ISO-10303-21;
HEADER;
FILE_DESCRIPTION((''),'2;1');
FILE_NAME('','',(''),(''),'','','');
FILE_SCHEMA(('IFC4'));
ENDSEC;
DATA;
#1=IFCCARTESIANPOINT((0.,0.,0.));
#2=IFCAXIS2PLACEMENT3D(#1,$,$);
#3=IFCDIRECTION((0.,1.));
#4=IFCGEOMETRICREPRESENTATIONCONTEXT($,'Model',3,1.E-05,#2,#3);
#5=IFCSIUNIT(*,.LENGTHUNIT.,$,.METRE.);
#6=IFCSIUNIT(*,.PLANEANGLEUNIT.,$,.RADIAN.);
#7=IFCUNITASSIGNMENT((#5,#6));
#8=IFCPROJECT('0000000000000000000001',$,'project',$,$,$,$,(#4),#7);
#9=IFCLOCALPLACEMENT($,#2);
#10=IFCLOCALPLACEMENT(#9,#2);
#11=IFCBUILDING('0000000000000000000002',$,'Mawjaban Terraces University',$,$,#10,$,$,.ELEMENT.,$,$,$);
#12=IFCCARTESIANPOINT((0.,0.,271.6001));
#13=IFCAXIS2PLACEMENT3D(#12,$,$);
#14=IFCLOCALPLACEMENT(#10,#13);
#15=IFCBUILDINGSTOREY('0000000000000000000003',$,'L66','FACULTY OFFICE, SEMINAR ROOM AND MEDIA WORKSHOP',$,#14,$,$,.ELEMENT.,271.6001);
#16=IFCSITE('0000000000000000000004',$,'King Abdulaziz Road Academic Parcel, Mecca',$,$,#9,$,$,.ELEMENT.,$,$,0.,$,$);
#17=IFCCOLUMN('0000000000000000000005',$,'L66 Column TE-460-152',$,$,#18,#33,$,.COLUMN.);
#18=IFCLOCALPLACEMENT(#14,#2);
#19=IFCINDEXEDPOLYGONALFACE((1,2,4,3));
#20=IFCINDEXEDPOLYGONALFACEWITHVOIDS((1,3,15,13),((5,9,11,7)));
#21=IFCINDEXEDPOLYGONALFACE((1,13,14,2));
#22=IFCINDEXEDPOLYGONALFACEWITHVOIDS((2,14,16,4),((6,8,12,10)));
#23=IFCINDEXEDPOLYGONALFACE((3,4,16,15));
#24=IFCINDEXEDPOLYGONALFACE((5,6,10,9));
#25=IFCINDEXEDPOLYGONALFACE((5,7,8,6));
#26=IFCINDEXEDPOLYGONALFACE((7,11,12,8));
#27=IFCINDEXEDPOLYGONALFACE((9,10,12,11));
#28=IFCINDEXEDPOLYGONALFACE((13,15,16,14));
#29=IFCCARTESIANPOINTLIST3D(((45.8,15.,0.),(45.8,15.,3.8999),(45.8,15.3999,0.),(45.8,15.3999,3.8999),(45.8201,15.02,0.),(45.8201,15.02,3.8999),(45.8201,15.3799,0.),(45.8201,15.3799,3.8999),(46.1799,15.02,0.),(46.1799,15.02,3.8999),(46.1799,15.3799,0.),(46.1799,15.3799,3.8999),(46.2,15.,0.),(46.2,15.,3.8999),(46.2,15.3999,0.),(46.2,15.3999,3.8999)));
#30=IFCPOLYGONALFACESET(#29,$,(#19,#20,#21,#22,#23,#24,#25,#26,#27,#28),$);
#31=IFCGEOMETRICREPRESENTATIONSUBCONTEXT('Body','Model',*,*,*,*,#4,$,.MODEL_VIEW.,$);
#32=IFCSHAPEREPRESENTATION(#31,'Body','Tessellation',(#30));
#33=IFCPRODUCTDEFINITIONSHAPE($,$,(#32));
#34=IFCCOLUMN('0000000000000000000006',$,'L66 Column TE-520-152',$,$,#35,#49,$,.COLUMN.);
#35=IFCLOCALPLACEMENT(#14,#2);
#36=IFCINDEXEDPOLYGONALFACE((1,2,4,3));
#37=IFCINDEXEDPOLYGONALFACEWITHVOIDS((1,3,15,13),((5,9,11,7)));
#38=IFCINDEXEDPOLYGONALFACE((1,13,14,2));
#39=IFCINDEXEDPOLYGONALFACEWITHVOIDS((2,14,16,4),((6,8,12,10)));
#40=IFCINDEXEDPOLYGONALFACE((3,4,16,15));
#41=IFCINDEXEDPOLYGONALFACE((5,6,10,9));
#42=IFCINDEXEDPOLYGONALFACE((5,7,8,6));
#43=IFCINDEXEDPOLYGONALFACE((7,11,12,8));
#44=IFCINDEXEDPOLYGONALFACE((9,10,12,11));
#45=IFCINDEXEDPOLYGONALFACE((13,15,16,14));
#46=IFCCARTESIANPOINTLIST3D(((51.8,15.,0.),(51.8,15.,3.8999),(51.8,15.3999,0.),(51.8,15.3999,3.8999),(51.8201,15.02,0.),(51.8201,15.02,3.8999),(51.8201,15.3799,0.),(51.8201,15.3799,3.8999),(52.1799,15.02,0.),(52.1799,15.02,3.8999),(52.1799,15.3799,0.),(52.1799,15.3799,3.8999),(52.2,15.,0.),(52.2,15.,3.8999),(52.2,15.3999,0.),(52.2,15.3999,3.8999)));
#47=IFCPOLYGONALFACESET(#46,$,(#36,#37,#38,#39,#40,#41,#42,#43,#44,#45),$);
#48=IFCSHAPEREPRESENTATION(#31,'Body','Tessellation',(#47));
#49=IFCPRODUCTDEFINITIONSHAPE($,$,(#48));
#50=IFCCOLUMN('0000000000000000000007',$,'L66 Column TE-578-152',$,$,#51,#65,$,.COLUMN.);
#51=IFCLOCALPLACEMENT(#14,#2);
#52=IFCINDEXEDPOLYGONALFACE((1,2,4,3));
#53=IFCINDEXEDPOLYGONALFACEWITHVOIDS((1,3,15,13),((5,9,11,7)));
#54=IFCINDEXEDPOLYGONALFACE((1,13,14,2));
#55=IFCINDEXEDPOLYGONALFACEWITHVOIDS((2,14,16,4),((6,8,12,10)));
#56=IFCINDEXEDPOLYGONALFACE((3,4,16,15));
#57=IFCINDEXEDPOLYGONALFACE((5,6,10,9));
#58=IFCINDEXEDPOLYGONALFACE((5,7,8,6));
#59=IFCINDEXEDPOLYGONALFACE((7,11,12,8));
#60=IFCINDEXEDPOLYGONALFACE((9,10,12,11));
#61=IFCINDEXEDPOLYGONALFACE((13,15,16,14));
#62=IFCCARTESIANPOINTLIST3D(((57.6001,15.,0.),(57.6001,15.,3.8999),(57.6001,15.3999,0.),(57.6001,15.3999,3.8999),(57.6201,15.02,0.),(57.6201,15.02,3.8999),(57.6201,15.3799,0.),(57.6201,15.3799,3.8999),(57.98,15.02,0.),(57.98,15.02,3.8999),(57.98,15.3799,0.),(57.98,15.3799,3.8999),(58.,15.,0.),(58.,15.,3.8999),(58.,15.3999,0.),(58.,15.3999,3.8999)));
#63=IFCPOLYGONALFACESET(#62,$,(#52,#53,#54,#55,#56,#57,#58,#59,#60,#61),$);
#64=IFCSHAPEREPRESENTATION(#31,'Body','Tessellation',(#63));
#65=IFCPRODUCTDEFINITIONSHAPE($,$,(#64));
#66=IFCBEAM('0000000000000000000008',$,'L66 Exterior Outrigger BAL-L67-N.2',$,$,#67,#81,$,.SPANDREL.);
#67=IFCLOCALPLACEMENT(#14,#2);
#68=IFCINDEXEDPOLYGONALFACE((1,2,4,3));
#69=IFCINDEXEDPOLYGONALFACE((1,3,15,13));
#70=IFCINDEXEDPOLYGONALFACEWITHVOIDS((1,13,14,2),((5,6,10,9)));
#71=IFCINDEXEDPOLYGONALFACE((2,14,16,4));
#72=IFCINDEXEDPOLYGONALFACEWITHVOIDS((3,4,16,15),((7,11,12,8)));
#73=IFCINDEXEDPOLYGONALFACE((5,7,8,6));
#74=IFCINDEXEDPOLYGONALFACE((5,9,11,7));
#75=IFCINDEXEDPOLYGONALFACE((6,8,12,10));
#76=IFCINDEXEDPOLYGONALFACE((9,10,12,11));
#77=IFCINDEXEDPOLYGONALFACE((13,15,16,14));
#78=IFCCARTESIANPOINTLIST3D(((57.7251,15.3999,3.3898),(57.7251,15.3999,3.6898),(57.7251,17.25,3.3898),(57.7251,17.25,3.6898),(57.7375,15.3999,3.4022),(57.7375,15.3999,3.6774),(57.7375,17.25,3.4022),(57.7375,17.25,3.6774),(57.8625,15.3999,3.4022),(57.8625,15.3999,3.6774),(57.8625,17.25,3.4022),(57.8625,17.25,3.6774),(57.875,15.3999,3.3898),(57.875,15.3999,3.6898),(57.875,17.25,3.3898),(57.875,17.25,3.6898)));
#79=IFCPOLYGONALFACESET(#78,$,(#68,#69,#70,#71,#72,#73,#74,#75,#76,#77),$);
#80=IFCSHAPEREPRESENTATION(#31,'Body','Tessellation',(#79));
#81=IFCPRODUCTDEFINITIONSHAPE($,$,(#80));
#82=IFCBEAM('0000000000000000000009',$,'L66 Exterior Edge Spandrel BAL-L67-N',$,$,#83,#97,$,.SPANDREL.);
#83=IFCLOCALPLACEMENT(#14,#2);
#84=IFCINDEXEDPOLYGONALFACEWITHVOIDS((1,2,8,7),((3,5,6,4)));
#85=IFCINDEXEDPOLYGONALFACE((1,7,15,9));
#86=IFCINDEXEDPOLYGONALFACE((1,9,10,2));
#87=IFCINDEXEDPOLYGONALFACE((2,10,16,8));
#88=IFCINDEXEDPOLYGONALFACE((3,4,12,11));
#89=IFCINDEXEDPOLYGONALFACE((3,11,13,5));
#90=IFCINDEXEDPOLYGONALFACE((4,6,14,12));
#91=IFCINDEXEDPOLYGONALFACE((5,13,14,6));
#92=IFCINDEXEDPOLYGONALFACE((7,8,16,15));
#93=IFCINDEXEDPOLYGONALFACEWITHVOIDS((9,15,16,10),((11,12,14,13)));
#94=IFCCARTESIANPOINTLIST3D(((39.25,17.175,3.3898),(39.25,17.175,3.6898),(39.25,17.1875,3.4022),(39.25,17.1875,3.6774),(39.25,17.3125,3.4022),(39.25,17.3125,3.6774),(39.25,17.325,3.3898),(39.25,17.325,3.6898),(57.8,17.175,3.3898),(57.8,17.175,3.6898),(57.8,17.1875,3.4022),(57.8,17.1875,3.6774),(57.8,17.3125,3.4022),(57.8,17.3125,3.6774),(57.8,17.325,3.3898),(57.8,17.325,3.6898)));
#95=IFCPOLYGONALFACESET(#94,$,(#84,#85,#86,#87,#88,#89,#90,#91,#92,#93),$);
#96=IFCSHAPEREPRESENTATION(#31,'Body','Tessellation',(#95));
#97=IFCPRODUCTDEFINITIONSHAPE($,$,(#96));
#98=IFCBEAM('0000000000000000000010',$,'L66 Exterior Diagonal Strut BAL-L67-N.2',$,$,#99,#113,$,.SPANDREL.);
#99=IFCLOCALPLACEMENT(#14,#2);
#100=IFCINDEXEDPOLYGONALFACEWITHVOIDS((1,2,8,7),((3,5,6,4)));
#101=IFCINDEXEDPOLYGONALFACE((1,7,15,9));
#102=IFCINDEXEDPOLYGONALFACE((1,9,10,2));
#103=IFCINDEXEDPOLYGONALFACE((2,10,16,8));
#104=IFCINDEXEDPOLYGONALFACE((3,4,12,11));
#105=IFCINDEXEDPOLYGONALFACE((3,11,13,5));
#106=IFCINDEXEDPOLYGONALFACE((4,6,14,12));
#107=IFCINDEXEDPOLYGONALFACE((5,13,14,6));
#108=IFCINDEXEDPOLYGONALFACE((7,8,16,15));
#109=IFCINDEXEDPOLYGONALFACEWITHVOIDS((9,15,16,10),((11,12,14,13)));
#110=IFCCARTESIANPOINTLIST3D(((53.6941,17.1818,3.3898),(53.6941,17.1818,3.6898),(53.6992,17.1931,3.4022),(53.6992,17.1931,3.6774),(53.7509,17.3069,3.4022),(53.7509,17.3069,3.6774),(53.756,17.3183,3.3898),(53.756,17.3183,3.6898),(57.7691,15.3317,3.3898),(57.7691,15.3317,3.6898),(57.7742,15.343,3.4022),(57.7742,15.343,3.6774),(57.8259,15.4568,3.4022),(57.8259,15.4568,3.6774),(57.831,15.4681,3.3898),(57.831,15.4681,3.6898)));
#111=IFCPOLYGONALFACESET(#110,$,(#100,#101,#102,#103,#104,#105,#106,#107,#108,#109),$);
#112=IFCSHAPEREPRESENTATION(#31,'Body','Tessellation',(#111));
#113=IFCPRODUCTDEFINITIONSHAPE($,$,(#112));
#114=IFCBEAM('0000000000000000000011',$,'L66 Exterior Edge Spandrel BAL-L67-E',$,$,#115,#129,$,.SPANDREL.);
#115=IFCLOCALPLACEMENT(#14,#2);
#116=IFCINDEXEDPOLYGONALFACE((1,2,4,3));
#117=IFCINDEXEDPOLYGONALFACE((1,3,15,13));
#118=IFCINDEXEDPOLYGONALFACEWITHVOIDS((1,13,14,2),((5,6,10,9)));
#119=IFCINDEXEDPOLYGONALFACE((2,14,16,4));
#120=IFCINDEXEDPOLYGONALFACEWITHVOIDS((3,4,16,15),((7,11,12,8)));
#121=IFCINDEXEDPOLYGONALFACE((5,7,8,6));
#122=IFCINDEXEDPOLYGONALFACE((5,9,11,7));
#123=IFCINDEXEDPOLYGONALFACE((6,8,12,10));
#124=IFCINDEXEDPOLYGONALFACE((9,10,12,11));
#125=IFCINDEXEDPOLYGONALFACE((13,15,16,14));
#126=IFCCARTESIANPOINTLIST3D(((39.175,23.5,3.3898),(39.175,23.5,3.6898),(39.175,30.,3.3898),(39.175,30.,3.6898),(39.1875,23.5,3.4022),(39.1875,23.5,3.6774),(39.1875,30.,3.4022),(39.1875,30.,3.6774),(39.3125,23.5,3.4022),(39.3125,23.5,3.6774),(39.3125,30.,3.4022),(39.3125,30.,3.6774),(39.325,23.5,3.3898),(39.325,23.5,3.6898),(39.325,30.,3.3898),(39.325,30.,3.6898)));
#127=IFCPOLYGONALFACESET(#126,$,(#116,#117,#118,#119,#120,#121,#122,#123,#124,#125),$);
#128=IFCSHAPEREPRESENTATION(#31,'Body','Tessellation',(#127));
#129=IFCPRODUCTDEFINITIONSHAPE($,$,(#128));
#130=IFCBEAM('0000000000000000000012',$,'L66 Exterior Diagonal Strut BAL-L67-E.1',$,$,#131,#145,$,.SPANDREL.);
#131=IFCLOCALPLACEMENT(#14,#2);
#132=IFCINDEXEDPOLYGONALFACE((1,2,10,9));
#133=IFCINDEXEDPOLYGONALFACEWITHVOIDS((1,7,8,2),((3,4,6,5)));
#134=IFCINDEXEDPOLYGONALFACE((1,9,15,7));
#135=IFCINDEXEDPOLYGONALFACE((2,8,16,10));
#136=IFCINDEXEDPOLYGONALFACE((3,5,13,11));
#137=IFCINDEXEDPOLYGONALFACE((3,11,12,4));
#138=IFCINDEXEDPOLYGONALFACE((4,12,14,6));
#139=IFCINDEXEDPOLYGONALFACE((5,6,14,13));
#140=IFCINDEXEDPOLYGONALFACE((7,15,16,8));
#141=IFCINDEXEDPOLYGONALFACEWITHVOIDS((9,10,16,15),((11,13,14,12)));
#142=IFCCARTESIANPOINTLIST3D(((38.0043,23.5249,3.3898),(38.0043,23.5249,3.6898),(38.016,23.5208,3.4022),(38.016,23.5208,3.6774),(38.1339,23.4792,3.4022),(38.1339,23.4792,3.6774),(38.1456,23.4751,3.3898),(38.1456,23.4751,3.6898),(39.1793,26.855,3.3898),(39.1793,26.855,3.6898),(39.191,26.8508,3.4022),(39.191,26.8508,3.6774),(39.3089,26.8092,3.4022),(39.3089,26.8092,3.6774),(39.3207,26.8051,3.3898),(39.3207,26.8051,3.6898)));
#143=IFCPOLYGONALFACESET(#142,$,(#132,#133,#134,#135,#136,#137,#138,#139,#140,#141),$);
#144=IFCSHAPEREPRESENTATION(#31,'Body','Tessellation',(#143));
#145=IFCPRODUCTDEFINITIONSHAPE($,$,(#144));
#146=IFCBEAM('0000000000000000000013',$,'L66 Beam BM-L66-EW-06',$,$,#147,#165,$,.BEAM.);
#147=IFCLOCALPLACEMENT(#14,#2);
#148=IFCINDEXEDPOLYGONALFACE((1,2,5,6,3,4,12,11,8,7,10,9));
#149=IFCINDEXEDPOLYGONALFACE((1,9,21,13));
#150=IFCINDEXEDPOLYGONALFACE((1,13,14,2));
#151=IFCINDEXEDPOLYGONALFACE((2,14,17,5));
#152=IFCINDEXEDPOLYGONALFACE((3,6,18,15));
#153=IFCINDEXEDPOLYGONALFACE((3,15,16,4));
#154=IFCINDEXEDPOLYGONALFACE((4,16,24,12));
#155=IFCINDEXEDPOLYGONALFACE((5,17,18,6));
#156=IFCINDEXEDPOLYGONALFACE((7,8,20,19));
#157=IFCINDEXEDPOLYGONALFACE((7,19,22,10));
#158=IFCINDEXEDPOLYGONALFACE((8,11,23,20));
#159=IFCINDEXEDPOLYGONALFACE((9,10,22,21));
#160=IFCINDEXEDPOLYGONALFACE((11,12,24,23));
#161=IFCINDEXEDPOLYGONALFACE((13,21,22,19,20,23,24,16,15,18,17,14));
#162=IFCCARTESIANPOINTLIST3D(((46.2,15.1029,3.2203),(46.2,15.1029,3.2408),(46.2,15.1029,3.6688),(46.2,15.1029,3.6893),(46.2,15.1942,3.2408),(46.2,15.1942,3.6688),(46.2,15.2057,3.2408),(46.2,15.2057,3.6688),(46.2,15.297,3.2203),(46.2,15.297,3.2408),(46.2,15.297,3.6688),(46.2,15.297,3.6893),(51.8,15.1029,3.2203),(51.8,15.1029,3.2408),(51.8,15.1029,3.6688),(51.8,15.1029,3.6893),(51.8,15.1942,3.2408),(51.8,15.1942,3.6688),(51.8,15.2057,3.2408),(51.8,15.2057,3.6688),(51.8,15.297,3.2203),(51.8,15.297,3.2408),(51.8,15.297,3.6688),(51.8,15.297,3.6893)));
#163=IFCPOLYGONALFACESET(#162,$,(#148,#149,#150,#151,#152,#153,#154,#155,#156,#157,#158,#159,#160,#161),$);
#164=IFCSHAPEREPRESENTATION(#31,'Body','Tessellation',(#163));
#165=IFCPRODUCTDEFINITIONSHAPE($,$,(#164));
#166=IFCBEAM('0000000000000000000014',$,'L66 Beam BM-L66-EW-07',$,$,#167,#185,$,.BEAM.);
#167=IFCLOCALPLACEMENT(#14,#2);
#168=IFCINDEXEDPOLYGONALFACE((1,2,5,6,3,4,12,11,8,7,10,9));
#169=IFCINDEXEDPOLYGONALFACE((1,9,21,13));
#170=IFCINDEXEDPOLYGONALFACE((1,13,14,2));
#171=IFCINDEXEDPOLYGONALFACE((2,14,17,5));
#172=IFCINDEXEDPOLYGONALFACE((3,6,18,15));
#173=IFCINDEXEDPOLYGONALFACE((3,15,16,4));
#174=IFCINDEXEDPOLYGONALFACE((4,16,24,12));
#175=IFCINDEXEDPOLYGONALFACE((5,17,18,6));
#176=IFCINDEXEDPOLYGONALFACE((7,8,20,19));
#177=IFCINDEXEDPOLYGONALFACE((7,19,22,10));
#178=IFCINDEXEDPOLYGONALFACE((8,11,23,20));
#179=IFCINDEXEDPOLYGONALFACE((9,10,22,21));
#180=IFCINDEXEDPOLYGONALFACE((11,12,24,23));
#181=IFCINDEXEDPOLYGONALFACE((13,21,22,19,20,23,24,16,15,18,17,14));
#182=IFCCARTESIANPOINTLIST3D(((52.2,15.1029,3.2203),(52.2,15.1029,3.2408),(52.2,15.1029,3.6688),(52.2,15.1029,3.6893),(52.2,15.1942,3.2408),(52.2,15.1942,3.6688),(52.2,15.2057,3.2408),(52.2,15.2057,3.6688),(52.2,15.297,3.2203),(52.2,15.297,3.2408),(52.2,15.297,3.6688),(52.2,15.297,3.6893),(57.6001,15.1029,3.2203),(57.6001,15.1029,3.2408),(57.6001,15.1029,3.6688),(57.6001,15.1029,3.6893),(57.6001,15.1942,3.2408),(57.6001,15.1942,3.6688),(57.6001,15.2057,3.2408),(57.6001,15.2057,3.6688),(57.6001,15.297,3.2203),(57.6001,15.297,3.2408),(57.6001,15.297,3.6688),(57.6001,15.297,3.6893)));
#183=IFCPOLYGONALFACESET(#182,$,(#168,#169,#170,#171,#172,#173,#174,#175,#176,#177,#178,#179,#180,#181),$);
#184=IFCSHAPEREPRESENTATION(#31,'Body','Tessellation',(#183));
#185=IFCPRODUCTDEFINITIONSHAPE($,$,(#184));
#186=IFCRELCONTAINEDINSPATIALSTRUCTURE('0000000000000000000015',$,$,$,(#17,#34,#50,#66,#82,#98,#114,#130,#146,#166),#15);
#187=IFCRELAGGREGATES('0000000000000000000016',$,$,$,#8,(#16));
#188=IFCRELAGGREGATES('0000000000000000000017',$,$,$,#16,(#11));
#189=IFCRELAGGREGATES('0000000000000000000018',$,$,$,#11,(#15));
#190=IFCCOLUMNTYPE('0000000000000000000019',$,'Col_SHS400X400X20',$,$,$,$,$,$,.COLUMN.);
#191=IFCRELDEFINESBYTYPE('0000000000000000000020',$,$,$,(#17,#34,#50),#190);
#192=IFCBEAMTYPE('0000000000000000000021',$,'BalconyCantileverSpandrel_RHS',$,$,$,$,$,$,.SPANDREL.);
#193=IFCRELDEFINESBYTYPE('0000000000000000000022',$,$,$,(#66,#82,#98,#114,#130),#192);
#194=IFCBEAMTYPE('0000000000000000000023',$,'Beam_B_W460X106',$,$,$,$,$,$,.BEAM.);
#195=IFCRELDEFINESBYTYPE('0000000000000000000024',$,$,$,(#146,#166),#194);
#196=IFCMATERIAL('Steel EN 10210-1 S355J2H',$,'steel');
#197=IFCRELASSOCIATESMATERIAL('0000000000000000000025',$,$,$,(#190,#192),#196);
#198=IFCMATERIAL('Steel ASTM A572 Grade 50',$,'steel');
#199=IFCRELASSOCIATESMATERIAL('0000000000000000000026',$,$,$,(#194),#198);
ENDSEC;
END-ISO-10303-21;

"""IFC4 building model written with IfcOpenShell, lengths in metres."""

from ifc_helpers import new_model, si_unit, direction, frame, origin, origin_2d, place, context, subcontext, project, spatial, hollow_rectangle, i_section, extrude, material, material_profile, profile_set, type_object, element, save


model = new_model("IFC4")

# Units and contexts
model_context = context("Model", 3, precision=1e-05, world=origin(), true_north=direction((0.0, 1.0)))
body_context = subcontext(model_context, "Body", "Model", "MODEL_VIEW")
ifc_project = project(units=[si_unit("LENGTHUNIT", "METRE"), si_unit("PLANEANGLEUNIT", "RADIAN")], contexts=[model_context])

# Site, building, storey
site_placement = place(None, origin())
site = spatial("IfcSite", under=ifc_project, at=site_placement, Name="King Abdulaziz Road Academic Parcel, Mecca", CompositionType="ELEMENT", RefElevation=0.0)
building_placement = place(site_placement, origin())
building = spatial("IfcBuilding", under=site, at=building_placement, Name="Mawjaban Terraces University", CompositionType="ELEMENT")
storey_placement = place(building_placement, frame((0.0, 0.0, 271.6001)))
storey = spatial("IfcBuildingStorey", under=building, at=storey_placement, Name="L66", Description="FACULTY OFFICE, SEMINAR ROOM AND MEDIA WORKSHOP", CompositionType="ELEMENT", Elevation=271.6001)

# Columns
ifc_material_1 = material(Name="Steel EN 10210-1 S355J2H", Category="steel")
ifc_material_profile_1 = material_profile(ifc_material_1, hollow_rectangle(XDim=0.3999, YDim=0.3999, WallThickness=0.02, at=origin_2d()), Name="SHS400X400X20")
ifc_profile_set_1 = profile_set([ifc_material_profile_1], Name="Steel EN 10210-1 S355J2H")
column_type = type_object("IfcColumnType", Name="Col_SHS400X400X20", PredefinedType="COLUMN", material=ifc_profile_set_1)
for number, where, z_axis, x_axis, name in (
    (1, (46.0, 15.2, 0.0), (0.0, 0.0, 1.0), (1.0, 0.0, 0.0), "L66 Column TE-460-152"),
    (2, (52.0, 15.2, 0.0), (0.0, 0.0, 1.0), (1.0, 0.0, 0.0), "L66 Column TE-520-152"),
    (3, (57.8, 15.2, 0.0), (0.0, 0.0, 1.0), (1.0, 0.0, 0.0), "L66 Column TE-578-152"),
):
    element("IfcColumn", number, at=place(storey_placement, frame(where, z_axis=z_axis, x_axis=x_axis)), inside=storey, type_object=column_type, Name=name, PredefinedType="COLUMN", context=body_context, shape_type="SweptSolid", body=[
        extrude(hollow_rectangle(XDim=0.3999, YDim=0.3999, WallThickness=0.02, at=origin_2d()), origin(), (0.0, 0.0, 1.0), 3.8999),
    ])

# Beams
ifc_material_profile_2 = material_profile(ifc_material_1, hollow_rectangle(XDim=0.1499, YDim=0.3, WallThickness=0.0125, at=origin_2d()), Name="RHS300X150X12.5")
ifc_profile_set_2 = profile_set([ifc_material_profile_2], Name="Steel EN 10210-1 S355J2H")
beam_type_1 = type_object("IfcBeamType", Name="BalconyCantileverSpandrel_RHS", PredefinedType="SPANDREL", material=ifc_profile_set_2)
beam_1_placement = place(storey_placement, frame((57.8, 15.3999, 3.5398), z_axis=(0.0, 1.0, 0.0), x_axis=(-1.0, 0.0, 0.0)))
element("IfcBeam", 4, at=beam_1_placement, inside=storey, type_object=beam_type_1, Name="L66 Exterior Outrigger BAL-L67-N.2", PredefinedType="SPANDREL", context=body_context, shape_type="SweptSolid", body=[
    extrude(hollow_rectangle(XDim=0.1499, YDim=0.3, WallThickness=0.0125, at=origin_2d()), origin(), (0.0, 0.0, 1.0), 1.8501),
])
beam_2_placement = place(storey_placement, frame((39.25, 17.25, 3.5398), z_axis=(1.0, 0.0, 0.0), x_axis=(0.0, 1.0, 0.0)))
element("IfcBeam", 5, at=beam_2_placement, inside=storey, type_object=beam_type_1, Name="L66 Exterior Edge Spandrel BAL-L67-N", PredefinedType="SPANDREL", context=body_context, shape_type="SweptSolid", body=[
    extrude(hollow_rectangle(XDim=0.1499, YDim=0.3, WallThickness=0.0125, at=origin_2d()), origin(), (0.0, 0.0, 1.0), 18.55),
])
beam_3_placement = place(storey_placement, frame((57.8, 15.3999, 3.5398), z_axis=(-0.910548, 0.413404, 0.0), x_axis=(-0.413404, -0.910548, 0.0)))
element("IfcBeam", 6, at=beam_3_placement, inside=storey, type_object=beam_type_1, Name="L66 Exterior Diagonal Strut BAL-L67-N.2", PredefinedType="SPANDREL", context=body_context, shape_type="SweptSolid", body=[
    extrude(hollow_rectangle(XDim=0.1499, YDim=0.3, WallThickness=0.0125, at=origin_2d()), origin(), (0.0, 0.0, 1.0), 4.4753),
])
beam_4_placement = place(storey_placement, frame((39.25, 23.5, 3.5398), z_axis=(0.0, 1.0, 0.0), x_axis=(-1.0, 0.0, 0.0)))
element("IfcBeam", 7, at=beam_4_placement, inside=storey, type_object=beam_type_1, Name="L66 Exterior Edge Spandrel BAL-L67-E", PredefinedType="SPANDREL", context=body_context, shape_type="SweptSolid", body=[
    extrude(hollow_rectangle(XDim=0.1499, YDim=0.3, WallThickness=0.0125, at=origin_2d()), origin(), (0.0, 0.0, 1.0), 6.5),
])
beam_5_placement = place(storey_placement, frame((38.075, 23.5, 3.5398), z_axis=(0.332751, 0.943015, 0.0), x_axis=(-0.943015, 0.332751, 0.0)))
element("IfcBeam", 8, at=beam_5_placement, inside=storey, type_object=beam_type_1, Name="L66 Exterior Diagonal Strut BAL-L67-E.1", PredefinedType="SPANDREL", context=body_context, shape_type="SweptSolid", body=[
    extrude(hollow_rectangle(XDim=0.1499, YDim=0.3, WallThickness=0.0125, at=origin_2d()), origin(), (0.0, 0.0, 1.0), 3.5312),
])
ifc_material_2 = material(Name="Steel ASTM A572 Grade 50", Category="steel")
ifc_material_profile_3 = material_profile(ifc_material_2, i_section(OverallWidth=0.1941, OverallDepth=0.469, WebThickness=0.0115, FlangeThickness=0.0205, at=origin_2d()), Name="W460X106")
ifc_profile_set_3 = profile_set([ifc_material_profile_3], Name="Steel ASTM A572 Grade 50")
beam_type_2 = type_object("IfcBeamType", Name="Beam_B_W460X106", PredefinedType="BEAM", material=ifc_profile_set_3)
beam_6_placement = place(storey_placement, frame((46.2, 15.2, 3.4548), z_axis=(1.0, 0.0, 0.0), x_axis=(0.0, 1.0, 0.0)))
element("IfcBeam", 9, at=beam_6_placement, inside=storey, type_object=beam_type_2, Name="L66 Beam BM-L66-EW-06", PredefinedType="BEAM", context=body_context, shape_type="SweptSolid", body=[
    extrude(i_section(OverallWidth=0.1941, OverallDepth=0.469, WebThickness=0.0115, FlangeThickness=0.0205, at=origin_2d()), origin(), (0.0, 0.0, 1.0), 5.6001),
])
beam_7_placement = place(storey_placement, frame((52.2, 15.2, 3.4548), z_axis=(1.0, 0.0, 0.0), x_axis=(0.0, 1.0, 0.0)))
element("IfcBeam", 10, at=beam_7_placement, inside=storey, type_object=beam_type_2, Name="L66 Beam BM-L66-EW-07", PredefinedType="BEAM", context=body_context, shape_type="SweptSolid", body=[
    extrude(i_section(OverallWidth=0.1941, OverallDepth=0.469, WebThickness=0.0115, FlangeThickness=0.0205, at=origin_2d()), origin(), (0.0, 0.0, 1.0), 5.4001),
])

save(model, "model.ifc")
